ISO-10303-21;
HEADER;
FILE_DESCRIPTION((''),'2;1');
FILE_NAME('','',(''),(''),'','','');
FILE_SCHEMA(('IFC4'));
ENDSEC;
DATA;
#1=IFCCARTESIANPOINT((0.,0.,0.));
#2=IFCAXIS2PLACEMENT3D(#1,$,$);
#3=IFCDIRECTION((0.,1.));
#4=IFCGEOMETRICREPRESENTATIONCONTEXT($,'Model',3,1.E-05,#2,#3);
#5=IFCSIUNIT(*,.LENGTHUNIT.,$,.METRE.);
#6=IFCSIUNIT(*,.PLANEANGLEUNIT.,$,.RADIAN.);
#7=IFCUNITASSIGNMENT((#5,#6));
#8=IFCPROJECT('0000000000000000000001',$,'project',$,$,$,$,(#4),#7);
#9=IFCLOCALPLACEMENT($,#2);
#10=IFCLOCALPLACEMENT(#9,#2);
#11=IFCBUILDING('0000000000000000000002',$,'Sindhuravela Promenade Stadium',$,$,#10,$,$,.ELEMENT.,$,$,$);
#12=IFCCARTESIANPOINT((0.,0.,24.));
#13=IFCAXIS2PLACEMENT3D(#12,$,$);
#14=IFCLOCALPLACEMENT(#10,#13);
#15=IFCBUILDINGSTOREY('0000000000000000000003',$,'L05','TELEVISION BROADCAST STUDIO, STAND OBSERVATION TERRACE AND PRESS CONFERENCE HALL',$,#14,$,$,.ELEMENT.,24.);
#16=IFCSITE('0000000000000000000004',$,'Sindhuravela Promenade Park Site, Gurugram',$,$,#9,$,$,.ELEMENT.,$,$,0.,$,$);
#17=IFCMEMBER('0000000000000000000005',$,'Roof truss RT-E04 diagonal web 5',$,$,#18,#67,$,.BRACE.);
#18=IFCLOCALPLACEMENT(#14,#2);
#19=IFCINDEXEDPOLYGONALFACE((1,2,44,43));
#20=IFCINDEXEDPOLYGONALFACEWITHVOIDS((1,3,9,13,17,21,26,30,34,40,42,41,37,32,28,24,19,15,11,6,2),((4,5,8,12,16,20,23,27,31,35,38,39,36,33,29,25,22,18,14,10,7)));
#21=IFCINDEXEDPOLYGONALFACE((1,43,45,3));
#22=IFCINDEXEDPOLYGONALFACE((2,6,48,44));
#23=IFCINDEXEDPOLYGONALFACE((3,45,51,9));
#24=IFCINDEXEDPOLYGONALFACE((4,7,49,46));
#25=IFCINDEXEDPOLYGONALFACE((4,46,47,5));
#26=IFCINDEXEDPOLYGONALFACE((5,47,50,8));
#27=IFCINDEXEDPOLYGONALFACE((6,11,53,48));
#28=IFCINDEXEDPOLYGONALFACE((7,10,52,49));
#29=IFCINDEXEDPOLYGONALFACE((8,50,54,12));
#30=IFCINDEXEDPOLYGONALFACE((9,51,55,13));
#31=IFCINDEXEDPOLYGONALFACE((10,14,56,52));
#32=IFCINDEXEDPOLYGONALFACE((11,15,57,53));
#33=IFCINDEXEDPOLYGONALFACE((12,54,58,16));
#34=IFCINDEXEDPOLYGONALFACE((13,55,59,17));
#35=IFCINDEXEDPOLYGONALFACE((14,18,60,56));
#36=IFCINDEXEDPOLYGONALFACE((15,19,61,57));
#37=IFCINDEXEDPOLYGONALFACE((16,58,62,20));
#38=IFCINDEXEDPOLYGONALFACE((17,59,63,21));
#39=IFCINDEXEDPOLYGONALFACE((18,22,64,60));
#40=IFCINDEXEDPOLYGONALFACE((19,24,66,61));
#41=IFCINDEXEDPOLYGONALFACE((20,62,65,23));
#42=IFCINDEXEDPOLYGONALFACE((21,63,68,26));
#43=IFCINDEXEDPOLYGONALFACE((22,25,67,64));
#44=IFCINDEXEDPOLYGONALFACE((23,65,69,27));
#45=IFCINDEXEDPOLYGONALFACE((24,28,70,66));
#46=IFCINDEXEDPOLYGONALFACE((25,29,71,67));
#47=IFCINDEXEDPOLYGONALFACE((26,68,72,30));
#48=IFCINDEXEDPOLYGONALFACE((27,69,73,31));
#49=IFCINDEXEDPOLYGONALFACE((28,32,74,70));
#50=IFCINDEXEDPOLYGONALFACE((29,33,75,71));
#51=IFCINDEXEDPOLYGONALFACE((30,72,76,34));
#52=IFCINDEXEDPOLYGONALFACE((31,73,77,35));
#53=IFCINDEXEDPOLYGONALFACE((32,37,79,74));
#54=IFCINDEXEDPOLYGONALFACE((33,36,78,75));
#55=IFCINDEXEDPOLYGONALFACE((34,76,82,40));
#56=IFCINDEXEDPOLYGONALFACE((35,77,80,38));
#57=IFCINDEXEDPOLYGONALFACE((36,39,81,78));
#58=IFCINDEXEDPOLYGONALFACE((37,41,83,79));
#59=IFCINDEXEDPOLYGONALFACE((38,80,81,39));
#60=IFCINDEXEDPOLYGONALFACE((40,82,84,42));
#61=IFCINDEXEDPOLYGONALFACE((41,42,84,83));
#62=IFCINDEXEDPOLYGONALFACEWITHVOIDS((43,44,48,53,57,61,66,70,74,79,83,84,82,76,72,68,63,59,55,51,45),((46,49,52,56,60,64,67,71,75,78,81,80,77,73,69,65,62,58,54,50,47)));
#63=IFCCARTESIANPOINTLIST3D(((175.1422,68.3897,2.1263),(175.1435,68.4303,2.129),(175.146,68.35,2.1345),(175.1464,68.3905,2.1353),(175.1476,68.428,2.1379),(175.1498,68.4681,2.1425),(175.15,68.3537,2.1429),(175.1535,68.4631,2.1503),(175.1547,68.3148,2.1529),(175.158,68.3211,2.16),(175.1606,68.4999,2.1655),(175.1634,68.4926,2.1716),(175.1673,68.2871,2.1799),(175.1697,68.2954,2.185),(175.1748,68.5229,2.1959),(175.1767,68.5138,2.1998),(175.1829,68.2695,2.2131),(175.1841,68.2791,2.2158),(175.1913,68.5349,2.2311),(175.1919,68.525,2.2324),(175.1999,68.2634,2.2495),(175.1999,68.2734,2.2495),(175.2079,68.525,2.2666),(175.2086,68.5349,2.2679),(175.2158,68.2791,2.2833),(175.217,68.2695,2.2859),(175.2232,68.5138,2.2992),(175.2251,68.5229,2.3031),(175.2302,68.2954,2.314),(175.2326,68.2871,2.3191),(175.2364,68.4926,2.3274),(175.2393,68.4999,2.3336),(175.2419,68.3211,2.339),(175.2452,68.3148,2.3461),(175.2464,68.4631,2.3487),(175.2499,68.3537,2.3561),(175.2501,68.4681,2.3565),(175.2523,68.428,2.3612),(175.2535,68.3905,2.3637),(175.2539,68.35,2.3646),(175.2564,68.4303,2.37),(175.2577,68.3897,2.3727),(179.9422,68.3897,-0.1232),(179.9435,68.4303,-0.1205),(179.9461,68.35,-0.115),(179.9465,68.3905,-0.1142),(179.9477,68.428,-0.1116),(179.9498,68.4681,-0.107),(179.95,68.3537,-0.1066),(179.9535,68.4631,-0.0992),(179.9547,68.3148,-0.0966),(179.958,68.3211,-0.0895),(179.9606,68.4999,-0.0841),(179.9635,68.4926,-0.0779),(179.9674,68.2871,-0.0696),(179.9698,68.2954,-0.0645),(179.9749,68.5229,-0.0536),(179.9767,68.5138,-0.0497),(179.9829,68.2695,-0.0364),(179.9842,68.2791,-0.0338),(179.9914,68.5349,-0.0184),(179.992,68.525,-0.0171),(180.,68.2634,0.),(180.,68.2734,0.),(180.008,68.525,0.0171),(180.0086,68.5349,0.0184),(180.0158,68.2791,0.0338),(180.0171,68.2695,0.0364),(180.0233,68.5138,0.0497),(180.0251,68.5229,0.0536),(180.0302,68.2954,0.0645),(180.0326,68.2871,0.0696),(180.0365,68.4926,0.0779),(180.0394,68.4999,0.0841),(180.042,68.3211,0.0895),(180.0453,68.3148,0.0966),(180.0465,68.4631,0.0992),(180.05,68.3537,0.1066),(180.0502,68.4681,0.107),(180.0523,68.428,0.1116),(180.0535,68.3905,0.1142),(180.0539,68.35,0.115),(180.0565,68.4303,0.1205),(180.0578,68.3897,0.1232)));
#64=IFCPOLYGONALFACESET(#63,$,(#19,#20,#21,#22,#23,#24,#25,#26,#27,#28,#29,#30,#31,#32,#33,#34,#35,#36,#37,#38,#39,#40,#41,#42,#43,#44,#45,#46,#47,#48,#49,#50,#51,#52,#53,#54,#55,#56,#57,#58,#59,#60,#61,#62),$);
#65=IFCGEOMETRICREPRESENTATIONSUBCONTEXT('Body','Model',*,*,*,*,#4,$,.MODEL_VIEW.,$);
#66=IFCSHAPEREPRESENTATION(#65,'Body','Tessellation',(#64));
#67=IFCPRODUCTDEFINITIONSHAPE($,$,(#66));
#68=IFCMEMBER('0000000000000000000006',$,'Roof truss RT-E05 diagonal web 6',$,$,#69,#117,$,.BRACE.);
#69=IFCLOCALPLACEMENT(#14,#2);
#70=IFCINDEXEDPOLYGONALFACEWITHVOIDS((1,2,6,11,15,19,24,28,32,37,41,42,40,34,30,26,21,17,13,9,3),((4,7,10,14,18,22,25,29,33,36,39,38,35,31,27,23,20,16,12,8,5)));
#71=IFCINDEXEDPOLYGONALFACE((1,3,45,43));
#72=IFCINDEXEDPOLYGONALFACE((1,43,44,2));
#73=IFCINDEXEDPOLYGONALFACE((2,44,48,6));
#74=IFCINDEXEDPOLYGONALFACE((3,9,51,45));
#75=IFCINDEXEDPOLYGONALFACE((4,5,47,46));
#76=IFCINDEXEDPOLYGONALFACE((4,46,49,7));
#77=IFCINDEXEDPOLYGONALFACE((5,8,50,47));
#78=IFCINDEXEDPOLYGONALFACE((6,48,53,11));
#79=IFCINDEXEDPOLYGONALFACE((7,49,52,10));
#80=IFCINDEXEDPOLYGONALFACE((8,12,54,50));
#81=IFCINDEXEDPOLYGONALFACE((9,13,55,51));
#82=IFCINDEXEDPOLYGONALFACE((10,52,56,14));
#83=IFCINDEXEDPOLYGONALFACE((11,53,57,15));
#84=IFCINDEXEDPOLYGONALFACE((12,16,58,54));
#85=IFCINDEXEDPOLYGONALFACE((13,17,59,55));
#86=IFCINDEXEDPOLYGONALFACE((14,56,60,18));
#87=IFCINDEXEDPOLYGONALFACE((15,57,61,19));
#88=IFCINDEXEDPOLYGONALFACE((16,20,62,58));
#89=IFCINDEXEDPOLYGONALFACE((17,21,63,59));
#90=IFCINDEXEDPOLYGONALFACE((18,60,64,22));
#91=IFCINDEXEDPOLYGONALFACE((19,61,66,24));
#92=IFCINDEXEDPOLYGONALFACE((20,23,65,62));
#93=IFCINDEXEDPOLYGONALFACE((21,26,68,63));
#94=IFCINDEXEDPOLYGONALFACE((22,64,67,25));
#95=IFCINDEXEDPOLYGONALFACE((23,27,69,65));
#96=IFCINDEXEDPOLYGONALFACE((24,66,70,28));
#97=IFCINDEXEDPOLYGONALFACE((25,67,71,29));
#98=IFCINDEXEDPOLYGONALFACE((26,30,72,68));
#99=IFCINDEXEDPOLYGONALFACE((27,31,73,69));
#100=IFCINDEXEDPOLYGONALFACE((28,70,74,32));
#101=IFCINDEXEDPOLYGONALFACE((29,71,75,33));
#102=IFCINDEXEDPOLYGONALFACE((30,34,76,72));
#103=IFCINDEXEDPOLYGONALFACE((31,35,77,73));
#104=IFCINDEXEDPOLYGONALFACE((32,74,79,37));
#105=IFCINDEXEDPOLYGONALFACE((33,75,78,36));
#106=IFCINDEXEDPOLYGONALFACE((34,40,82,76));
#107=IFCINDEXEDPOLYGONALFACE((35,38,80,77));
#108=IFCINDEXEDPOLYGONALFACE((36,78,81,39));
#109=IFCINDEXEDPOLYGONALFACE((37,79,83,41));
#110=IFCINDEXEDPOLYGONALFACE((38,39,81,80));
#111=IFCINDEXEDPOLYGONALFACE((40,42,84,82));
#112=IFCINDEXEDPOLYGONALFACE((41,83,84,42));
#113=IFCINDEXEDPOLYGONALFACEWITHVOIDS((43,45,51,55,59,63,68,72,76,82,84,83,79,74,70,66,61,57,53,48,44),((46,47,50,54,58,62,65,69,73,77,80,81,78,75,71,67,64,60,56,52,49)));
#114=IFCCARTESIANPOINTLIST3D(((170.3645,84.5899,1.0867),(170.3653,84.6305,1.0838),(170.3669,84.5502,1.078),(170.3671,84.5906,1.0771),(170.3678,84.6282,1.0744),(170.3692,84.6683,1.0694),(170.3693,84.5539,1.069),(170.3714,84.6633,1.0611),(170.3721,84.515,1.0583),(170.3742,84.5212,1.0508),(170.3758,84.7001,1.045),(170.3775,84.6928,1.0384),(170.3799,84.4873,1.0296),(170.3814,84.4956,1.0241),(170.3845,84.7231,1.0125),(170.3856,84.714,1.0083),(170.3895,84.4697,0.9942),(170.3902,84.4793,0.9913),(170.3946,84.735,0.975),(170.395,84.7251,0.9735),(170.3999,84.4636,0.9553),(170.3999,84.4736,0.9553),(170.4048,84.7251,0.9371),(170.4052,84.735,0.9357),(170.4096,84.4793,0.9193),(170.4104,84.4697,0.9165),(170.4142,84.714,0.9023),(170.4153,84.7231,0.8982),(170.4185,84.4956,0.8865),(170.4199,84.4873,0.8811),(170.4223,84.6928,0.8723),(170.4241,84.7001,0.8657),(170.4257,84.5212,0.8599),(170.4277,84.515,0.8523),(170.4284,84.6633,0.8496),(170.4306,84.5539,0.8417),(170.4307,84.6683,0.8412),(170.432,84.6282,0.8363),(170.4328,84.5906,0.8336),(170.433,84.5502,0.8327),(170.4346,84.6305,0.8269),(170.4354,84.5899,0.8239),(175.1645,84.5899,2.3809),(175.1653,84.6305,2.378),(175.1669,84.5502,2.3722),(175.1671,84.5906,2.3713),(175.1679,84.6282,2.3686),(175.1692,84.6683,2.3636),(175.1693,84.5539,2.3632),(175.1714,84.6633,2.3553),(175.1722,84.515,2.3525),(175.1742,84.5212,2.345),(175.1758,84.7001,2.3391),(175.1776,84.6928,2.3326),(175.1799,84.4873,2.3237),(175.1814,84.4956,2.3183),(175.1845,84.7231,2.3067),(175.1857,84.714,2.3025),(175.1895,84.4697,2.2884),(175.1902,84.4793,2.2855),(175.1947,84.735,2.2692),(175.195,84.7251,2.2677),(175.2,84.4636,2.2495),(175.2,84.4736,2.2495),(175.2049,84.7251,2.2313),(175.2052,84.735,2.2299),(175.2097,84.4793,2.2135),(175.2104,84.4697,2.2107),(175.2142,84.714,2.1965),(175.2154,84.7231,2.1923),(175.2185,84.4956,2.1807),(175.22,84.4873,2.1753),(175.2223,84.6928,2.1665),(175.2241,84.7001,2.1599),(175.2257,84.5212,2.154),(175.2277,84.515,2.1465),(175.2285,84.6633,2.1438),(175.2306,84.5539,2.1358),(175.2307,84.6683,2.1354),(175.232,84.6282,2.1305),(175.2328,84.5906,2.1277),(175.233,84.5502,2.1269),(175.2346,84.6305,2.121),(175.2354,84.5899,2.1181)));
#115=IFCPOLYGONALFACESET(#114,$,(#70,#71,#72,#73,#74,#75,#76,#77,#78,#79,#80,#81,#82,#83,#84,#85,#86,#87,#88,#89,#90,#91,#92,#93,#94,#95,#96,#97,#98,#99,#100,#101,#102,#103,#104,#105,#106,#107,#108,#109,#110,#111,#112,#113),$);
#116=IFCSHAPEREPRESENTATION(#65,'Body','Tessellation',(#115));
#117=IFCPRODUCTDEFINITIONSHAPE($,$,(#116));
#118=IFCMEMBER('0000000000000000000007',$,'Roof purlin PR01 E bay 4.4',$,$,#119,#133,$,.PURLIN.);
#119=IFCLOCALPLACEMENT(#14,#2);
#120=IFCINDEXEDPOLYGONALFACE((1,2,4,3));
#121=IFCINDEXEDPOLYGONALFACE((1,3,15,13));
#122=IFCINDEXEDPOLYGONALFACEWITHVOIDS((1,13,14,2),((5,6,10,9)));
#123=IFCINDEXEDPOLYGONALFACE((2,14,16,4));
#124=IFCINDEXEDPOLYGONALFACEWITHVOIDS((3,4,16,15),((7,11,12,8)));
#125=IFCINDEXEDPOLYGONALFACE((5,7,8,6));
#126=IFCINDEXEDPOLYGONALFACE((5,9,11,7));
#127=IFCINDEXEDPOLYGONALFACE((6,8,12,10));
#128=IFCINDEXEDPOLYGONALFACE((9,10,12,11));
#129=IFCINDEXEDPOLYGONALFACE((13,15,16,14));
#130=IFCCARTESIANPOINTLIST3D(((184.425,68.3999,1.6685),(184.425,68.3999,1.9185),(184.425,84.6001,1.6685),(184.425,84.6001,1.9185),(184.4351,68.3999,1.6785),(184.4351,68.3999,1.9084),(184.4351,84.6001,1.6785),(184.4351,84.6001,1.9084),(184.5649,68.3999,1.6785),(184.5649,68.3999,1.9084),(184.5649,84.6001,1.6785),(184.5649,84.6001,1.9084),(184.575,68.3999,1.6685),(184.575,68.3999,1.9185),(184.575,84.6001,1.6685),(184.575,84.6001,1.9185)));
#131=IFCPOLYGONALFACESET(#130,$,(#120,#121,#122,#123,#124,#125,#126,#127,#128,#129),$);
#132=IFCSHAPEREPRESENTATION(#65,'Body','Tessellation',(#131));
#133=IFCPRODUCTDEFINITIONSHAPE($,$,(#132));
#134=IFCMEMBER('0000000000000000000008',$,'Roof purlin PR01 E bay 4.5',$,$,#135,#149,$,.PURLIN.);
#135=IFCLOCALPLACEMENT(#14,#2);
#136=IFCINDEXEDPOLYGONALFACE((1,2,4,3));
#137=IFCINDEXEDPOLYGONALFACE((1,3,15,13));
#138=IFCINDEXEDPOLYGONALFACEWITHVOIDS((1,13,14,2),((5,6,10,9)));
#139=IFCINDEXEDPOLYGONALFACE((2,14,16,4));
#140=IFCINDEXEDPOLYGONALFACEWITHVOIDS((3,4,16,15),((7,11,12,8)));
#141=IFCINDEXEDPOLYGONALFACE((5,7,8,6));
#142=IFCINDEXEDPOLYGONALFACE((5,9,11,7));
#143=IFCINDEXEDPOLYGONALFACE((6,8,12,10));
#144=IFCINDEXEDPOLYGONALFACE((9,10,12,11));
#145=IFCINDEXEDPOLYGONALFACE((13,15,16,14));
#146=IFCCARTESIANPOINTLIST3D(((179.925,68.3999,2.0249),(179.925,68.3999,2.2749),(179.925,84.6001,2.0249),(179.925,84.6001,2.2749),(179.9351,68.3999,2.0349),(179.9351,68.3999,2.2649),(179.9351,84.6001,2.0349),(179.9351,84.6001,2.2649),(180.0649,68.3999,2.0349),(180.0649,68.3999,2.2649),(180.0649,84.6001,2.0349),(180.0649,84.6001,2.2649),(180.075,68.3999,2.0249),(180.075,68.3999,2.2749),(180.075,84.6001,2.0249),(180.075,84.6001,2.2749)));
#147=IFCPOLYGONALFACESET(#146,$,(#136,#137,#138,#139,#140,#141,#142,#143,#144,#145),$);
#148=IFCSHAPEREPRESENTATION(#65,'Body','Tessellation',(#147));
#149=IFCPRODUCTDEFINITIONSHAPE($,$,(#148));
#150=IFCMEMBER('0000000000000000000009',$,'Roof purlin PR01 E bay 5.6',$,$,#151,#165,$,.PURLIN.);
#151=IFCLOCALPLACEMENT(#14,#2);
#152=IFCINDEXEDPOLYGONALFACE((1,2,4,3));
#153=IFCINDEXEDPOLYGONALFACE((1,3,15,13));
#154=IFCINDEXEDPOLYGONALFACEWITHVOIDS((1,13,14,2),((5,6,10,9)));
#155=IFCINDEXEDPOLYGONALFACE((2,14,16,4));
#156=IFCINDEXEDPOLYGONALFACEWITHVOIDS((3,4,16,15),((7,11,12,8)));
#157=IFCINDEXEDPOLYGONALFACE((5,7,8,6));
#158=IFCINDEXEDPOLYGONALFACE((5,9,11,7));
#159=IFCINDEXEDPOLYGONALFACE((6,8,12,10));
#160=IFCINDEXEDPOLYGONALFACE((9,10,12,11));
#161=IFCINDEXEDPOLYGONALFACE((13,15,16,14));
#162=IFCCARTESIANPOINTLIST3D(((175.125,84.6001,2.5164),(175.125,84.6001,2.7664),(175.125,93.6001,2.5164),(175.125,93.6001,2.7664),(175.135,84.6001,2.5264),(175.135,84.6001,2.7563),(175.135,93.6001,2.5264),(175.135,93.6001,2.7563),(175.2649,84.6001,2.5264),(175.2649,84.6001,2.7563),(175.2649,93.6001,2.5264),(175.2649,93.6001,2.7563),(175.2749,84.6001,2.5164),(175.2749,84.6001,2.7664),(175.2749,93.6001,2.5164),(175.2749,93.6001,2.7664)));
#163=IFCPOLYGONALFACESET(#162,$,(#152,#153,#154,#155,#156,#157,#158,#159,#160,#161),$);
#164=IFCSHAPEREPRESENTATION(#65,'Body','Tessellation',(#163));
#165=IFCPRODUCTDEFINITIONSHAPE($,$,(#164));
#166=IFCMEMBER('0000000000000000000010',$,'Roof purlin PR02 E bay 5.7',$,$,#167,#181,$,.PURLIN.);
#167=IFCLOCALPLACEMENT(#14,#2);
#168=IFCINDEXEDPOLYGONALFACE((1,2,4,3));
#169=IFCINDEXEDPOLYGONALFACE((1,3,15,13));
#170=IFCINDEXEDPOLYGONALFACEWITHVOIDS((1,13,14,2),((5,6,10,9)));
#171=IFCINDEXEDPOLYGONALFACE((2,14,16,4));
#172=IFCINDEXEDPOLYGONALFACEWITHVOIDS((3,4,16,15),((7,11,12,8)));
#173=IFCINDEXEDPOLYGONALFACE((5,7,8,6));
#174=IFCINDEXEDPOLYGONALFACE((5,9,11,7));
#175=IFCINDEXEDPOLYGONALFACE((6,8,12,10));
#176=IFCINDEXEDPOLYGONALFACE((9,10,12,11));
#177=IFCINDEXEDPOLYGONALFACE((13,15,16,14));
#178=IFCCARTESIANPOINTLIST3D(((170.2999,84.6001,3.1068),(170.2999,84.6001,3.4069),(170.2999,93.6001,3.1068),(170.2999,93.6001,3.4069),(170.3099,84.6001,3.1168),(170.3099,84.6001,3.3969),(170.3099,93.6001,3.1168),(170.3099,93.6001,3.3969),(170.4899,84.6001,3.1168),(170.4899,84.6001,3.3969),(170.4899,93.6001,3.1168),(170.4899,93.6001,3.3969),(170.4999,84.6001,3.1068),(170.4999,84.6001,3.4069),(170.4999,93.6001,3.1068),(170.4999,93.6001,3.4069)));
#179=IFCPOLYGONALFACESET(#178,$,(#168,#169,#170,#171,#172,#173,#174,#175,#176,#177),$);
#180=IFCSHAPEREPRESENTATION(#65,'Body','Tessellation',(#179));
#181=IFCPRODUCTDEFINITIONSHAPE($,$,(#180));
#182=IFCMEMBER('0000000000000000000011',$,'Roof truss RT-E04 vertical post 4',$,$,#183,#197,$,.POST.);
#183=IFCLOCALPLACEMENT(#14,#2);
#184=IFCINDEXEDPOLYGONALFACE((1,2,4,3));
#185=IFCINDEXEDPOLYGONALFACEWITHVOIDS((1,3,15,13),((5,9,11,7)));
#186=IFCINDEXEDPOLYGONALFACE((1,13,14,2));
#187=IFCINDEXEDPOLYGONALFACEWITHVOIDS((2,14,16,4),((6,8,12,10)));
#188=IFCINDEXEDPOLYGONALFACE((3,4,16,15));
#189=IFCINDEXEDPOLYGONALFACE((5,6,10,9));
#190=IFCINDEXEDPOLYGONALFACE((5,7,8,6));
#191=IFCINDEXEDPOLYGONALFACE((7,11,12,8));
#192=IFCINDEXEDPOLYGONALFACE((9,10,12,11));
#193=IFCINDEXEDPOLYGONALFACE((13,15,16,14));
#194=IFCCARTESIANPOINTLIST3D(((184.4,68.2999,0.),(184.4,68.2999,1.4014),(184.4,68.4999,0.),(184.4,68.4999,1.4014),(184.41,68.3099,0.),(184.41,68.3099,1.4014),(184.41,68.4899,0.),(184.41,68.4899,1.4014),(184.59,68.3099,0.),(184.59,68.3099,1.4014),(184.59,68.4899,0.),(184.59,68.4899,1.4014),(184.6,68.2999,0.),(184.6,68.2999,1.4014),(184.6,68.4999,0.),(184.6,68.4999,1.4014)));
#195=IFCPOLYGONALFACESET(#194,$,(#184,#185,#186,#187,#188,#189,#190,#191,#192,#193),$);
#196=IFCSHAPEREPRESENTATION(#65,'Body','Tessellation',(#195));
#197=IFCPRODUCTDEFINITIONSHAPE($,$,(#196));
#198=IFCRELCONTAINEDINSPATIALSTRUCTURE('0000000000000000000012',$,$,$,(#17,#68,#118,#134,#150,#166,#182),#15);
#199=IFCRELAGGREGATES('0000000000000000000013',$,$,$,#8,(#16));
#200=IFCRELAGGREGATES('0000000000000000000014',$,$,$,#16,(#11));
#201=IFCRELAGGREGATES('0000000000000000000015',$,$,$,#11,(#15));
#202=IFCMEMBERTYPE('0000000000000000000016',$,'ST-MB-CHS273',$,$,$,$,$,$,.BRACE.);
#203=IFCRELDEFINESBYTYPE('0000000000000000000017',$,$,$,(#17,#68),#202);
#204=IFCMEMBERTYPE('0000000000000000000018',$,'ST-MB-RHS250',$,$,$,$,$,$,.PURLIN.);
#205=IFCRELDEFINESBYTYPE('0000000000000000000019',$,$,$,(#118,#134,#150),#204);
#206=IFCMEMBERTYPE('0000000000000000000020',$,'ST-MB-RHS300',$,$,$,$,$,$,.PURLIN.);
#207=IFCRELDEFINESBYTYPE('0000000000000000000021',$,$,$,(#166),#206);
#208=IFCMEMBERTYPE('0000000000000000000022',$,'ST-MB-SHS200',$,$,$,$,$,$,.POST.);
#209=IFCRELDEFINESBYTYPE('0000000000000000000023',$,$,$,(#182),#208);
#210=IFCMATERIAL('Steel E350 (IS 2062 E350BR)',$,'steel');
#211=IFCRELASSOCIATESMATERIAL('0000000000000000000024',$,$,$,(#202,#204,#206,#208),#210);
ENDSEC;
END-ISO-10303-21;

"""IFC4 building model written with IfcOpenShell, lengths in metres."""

from ifc_helpers import new_model, si_unit, direction, frame, origin, origin_2d, place, context, subcontext, project, spatial, hollow_rectangle, hollow_circle, extrude, material, material_profile, profile_set, type_object, element, save


model = new_model("IFC4")

# Units and contexts
model_context = context("Model", 3, precision=1e-05, world=origin(), true_north=direction((0.0, 1.0)))
body_context = subcontext(model_context, "Body", "Model", "MODEL_VIEW")
ifc_project = project(units=[si_unit("LENGTHUNIT", "METRE"), si_unit("PLANEANGLEUNIT", "RADIAN")], contexts=[model_context])

# Site, building, storey
site_placement = place(None, origin())
site = spatial("IfcSite", under=ifc_project, at=site_placement, Name="Sindhuravela Promenade Park Site, Gurugram", CompositionType="ELEMENT", RefElevation=0.0)
building_placement = place(site_placement, origin())
building = spatial("IfcBuilding", under=site, at=building_placement, Name="Sindhuravela Promenade Stadium", CompositionType="ELEMENT")
storey_placement = place(building_placement, frame((0.0, 0.0, 24.0)))
storey = spatial("IfcBuildingStorey", under=building, at=storey_placement, Name="L05", Description="TELEVISION BROADCAST STUDIO, STAND OBSERVATION TERRACE AND PRESS CONFERENCE HALL", CompositionType="ELEMENT", Elevation=24.0)

# Shared definitions
ifc_material_1 = material(Name="Steel E350 (IS 2062 E350BR)", Category="steel")

# Members
ifc_material_profile_1 = material_profile(ifc_material_1, hollow_circle(Radius=0.1365, WallThickness=0.01, at=origin_2d()), Name="CHS 273.0x10")
ifc_profile_set_1 = profile_set([ifc_material_profile_1], Name="Steel E350 (IS 2062 E350BR)")
member_type_1 = type_object("IfcMemberType", Name="ST-MB-CHS273", PredefinedType="BRACE", material=ifc_profile_set_1)
member_1_placement = place(storey_placement, frame((180.0, 68.3999, 0.0), z_axis=(-0.905496, 0.0, 0.424355), x_axis=(0.0, -1.0, 0.0)))
element("IfcMember", 1, at=member_1_placement, inside=storey, type_object=member_type_1, Name="Roof truss RT-E04 diagonal web 5", PredefinedType="BRACE", context=body_context, shape_type="SweptSolid", body=[
    extrude(hollow_circle(Radius=0.1365, WallThickness=0.01, at=origin_2d()), origin(), (0.0, 0.0, 1.0), 5.301),
])
member_2_placement = place(storey_placement, frame((175.2, 84.6001, 2.2495), z_axis=(-0.965521, 0.0, -0.260324), x_axis=(0.0, -1.0, 0.0)))
element("IfcMember", 2, at=member_2_placement, inside=storey, type_object=member_type_1, Name="Roof truss RT-E05 diagonal web 6", PredefinedType="BRACE", context=body_context, shape_type="SweptSolid", body=[
    extrude(hollow_circle(Radius=0.1365, WallThickness=0.01, at=origin_2d()), origin(), (0.0, 0.0, 1.0), 4.9714),
])
ifc_material_profile_2 = material_profile(ifc_material_1, hollow_rectangle(XDim=0.1499, YDim=0.25, WallThickness=0.01, at=origin_2d()), Name="RHS 250x150x10")
ifc_profile_set_2 = profile_set([ifc_material_profile_2], Name="Steel E350 (IS 2062 E350BR)")
member_type_2 = type_object("IfcMemberType", Name="ST-MB-RHS250", PredefinedType="PURLIN", material=ifc_profile_set_2)
for number, where, z_axis, x_axis, name in (
    (3, (184.5, 68.3999, 1.7935), (0.0, 1.0, 0.0), (-1.0, 0.0, 0.0), "Roof purlin PR01 E bay 4.4"),
    (4, (180.0, 68.3999, 2.1499), (0.0, 1.0, 0.0), (-1.0, 0.0, 0.0), "Roof purlin PR01 E bay 4.5"),
):
    element("IfcMember", number, at=place(storey_placement, frame(where, z_axis=z_axis, x_axis=x_axis)), inside=storey, type_object=member_type_2, Name=name, PredefinedType="PURLIN", context=body_context, shape_type="SweptSolid", body=[
        extrude(hollow_rectangle(XDim=0.1499, YDim=0.25, WallThickness=0.01, at=origin_2d()), origin(), (0.0, 0.0, 1.0), 16.2002),
    ])
member_3_placement = place(storey_placement, frame((175.2, 84.6001, 2.6414), z_axis=(0.0, 1.0, 0.0), x_axis=(-1.0, 0.0, 0.0)))
element("IfcMember", 5, at=member_3_placement, inside=storey, type_object=member_type_2, Name="Roof purlin PR01 E bay 5.6", PredefinedType="PURLIN", context=body_context, shape_type="SweptSolid", body=[
    extrude(hollow_rectangle(XDim=0.1499, YDim=0.25, WallThickness=0.01, at=origin_2d()), origin(), (0.0, 0.0, 1.0), 9.0),
])
ifc_material_profile_3 = material_profile(ifc_material_1, hollow_rectangle(XDim=0.2, YDim=0.3, WallThickness=0.01, at=origin_2d()), Name="RHS 300x200x10")
ifc_profile_set_3 = profile_set([ifc_material_profile_3], Name="Steel E350 (IS 2062 E350BR)")
member_type_3 = type_object("IfcMemberType", Name="ST-MB-RHS300", PredefinedType="PURLIN", material=ifc_profile_set_3)
member_4_placement = place(storey_placement, frame((170.3999, 84.6001, 3.2568), z_axis=(0.0, 1.0, 0.0), x_axis=(-1.0, 0.0, 0.0)))
element("IfcMember", 6, at=member_4_placement, inside=storey, type_object=member_type_3, Name="Roof purlin PR02 E bay 5.7", PredefinedType="PURLIN", context=body_context, shape_type="SweptSolid", body=[
    extrude(hollow_rectangle(XDim=0.2, YDim=0.3, WallThickness=0.01, at=origin_2d()), origin(), (0.0, 0.0, 1.0), 9.0),
])
ifc_material_profile_4 = material_profile(ifc_material_1, hollow_rectangle(XDim=0.2, YDim=0.2, WallThickness=0.01, at=origin_2d()), Name="SHS 200x200x10")
ifc_profile_set_4 = profile_set([ifc_material_profile_4], Name="Steel E350 (IS 2062 E350BR)")
member_type_4 = type_object("IfcMemberType", Name="ST-MB-SHS200", PredefinedType="POST", material=ifc_profile_set_4)
member_5_placement = place(storey_placement, frame((184.5, 68.3999, 0.0), z_axis=(0.0, 0.0, 1.0), x_axis=(1.0, 0.0, 0.0)))
element("IfcMember", 7, at=member_5_placement, inside=storey, type_object=member_type_4, Name="Roof truss RT-E04 vertical post 4", PredefinedType="POST", context=body_context, shape_type="SweptSolid", body=[
    extrude(hollow_rectangle(XDim=0.2, YDim=0.2, WallThickness=0.01, at=origin_2d()), origin(), (0.0, 0.0, 1.0), 1.4014),
])

save(model, "model.ifc")
